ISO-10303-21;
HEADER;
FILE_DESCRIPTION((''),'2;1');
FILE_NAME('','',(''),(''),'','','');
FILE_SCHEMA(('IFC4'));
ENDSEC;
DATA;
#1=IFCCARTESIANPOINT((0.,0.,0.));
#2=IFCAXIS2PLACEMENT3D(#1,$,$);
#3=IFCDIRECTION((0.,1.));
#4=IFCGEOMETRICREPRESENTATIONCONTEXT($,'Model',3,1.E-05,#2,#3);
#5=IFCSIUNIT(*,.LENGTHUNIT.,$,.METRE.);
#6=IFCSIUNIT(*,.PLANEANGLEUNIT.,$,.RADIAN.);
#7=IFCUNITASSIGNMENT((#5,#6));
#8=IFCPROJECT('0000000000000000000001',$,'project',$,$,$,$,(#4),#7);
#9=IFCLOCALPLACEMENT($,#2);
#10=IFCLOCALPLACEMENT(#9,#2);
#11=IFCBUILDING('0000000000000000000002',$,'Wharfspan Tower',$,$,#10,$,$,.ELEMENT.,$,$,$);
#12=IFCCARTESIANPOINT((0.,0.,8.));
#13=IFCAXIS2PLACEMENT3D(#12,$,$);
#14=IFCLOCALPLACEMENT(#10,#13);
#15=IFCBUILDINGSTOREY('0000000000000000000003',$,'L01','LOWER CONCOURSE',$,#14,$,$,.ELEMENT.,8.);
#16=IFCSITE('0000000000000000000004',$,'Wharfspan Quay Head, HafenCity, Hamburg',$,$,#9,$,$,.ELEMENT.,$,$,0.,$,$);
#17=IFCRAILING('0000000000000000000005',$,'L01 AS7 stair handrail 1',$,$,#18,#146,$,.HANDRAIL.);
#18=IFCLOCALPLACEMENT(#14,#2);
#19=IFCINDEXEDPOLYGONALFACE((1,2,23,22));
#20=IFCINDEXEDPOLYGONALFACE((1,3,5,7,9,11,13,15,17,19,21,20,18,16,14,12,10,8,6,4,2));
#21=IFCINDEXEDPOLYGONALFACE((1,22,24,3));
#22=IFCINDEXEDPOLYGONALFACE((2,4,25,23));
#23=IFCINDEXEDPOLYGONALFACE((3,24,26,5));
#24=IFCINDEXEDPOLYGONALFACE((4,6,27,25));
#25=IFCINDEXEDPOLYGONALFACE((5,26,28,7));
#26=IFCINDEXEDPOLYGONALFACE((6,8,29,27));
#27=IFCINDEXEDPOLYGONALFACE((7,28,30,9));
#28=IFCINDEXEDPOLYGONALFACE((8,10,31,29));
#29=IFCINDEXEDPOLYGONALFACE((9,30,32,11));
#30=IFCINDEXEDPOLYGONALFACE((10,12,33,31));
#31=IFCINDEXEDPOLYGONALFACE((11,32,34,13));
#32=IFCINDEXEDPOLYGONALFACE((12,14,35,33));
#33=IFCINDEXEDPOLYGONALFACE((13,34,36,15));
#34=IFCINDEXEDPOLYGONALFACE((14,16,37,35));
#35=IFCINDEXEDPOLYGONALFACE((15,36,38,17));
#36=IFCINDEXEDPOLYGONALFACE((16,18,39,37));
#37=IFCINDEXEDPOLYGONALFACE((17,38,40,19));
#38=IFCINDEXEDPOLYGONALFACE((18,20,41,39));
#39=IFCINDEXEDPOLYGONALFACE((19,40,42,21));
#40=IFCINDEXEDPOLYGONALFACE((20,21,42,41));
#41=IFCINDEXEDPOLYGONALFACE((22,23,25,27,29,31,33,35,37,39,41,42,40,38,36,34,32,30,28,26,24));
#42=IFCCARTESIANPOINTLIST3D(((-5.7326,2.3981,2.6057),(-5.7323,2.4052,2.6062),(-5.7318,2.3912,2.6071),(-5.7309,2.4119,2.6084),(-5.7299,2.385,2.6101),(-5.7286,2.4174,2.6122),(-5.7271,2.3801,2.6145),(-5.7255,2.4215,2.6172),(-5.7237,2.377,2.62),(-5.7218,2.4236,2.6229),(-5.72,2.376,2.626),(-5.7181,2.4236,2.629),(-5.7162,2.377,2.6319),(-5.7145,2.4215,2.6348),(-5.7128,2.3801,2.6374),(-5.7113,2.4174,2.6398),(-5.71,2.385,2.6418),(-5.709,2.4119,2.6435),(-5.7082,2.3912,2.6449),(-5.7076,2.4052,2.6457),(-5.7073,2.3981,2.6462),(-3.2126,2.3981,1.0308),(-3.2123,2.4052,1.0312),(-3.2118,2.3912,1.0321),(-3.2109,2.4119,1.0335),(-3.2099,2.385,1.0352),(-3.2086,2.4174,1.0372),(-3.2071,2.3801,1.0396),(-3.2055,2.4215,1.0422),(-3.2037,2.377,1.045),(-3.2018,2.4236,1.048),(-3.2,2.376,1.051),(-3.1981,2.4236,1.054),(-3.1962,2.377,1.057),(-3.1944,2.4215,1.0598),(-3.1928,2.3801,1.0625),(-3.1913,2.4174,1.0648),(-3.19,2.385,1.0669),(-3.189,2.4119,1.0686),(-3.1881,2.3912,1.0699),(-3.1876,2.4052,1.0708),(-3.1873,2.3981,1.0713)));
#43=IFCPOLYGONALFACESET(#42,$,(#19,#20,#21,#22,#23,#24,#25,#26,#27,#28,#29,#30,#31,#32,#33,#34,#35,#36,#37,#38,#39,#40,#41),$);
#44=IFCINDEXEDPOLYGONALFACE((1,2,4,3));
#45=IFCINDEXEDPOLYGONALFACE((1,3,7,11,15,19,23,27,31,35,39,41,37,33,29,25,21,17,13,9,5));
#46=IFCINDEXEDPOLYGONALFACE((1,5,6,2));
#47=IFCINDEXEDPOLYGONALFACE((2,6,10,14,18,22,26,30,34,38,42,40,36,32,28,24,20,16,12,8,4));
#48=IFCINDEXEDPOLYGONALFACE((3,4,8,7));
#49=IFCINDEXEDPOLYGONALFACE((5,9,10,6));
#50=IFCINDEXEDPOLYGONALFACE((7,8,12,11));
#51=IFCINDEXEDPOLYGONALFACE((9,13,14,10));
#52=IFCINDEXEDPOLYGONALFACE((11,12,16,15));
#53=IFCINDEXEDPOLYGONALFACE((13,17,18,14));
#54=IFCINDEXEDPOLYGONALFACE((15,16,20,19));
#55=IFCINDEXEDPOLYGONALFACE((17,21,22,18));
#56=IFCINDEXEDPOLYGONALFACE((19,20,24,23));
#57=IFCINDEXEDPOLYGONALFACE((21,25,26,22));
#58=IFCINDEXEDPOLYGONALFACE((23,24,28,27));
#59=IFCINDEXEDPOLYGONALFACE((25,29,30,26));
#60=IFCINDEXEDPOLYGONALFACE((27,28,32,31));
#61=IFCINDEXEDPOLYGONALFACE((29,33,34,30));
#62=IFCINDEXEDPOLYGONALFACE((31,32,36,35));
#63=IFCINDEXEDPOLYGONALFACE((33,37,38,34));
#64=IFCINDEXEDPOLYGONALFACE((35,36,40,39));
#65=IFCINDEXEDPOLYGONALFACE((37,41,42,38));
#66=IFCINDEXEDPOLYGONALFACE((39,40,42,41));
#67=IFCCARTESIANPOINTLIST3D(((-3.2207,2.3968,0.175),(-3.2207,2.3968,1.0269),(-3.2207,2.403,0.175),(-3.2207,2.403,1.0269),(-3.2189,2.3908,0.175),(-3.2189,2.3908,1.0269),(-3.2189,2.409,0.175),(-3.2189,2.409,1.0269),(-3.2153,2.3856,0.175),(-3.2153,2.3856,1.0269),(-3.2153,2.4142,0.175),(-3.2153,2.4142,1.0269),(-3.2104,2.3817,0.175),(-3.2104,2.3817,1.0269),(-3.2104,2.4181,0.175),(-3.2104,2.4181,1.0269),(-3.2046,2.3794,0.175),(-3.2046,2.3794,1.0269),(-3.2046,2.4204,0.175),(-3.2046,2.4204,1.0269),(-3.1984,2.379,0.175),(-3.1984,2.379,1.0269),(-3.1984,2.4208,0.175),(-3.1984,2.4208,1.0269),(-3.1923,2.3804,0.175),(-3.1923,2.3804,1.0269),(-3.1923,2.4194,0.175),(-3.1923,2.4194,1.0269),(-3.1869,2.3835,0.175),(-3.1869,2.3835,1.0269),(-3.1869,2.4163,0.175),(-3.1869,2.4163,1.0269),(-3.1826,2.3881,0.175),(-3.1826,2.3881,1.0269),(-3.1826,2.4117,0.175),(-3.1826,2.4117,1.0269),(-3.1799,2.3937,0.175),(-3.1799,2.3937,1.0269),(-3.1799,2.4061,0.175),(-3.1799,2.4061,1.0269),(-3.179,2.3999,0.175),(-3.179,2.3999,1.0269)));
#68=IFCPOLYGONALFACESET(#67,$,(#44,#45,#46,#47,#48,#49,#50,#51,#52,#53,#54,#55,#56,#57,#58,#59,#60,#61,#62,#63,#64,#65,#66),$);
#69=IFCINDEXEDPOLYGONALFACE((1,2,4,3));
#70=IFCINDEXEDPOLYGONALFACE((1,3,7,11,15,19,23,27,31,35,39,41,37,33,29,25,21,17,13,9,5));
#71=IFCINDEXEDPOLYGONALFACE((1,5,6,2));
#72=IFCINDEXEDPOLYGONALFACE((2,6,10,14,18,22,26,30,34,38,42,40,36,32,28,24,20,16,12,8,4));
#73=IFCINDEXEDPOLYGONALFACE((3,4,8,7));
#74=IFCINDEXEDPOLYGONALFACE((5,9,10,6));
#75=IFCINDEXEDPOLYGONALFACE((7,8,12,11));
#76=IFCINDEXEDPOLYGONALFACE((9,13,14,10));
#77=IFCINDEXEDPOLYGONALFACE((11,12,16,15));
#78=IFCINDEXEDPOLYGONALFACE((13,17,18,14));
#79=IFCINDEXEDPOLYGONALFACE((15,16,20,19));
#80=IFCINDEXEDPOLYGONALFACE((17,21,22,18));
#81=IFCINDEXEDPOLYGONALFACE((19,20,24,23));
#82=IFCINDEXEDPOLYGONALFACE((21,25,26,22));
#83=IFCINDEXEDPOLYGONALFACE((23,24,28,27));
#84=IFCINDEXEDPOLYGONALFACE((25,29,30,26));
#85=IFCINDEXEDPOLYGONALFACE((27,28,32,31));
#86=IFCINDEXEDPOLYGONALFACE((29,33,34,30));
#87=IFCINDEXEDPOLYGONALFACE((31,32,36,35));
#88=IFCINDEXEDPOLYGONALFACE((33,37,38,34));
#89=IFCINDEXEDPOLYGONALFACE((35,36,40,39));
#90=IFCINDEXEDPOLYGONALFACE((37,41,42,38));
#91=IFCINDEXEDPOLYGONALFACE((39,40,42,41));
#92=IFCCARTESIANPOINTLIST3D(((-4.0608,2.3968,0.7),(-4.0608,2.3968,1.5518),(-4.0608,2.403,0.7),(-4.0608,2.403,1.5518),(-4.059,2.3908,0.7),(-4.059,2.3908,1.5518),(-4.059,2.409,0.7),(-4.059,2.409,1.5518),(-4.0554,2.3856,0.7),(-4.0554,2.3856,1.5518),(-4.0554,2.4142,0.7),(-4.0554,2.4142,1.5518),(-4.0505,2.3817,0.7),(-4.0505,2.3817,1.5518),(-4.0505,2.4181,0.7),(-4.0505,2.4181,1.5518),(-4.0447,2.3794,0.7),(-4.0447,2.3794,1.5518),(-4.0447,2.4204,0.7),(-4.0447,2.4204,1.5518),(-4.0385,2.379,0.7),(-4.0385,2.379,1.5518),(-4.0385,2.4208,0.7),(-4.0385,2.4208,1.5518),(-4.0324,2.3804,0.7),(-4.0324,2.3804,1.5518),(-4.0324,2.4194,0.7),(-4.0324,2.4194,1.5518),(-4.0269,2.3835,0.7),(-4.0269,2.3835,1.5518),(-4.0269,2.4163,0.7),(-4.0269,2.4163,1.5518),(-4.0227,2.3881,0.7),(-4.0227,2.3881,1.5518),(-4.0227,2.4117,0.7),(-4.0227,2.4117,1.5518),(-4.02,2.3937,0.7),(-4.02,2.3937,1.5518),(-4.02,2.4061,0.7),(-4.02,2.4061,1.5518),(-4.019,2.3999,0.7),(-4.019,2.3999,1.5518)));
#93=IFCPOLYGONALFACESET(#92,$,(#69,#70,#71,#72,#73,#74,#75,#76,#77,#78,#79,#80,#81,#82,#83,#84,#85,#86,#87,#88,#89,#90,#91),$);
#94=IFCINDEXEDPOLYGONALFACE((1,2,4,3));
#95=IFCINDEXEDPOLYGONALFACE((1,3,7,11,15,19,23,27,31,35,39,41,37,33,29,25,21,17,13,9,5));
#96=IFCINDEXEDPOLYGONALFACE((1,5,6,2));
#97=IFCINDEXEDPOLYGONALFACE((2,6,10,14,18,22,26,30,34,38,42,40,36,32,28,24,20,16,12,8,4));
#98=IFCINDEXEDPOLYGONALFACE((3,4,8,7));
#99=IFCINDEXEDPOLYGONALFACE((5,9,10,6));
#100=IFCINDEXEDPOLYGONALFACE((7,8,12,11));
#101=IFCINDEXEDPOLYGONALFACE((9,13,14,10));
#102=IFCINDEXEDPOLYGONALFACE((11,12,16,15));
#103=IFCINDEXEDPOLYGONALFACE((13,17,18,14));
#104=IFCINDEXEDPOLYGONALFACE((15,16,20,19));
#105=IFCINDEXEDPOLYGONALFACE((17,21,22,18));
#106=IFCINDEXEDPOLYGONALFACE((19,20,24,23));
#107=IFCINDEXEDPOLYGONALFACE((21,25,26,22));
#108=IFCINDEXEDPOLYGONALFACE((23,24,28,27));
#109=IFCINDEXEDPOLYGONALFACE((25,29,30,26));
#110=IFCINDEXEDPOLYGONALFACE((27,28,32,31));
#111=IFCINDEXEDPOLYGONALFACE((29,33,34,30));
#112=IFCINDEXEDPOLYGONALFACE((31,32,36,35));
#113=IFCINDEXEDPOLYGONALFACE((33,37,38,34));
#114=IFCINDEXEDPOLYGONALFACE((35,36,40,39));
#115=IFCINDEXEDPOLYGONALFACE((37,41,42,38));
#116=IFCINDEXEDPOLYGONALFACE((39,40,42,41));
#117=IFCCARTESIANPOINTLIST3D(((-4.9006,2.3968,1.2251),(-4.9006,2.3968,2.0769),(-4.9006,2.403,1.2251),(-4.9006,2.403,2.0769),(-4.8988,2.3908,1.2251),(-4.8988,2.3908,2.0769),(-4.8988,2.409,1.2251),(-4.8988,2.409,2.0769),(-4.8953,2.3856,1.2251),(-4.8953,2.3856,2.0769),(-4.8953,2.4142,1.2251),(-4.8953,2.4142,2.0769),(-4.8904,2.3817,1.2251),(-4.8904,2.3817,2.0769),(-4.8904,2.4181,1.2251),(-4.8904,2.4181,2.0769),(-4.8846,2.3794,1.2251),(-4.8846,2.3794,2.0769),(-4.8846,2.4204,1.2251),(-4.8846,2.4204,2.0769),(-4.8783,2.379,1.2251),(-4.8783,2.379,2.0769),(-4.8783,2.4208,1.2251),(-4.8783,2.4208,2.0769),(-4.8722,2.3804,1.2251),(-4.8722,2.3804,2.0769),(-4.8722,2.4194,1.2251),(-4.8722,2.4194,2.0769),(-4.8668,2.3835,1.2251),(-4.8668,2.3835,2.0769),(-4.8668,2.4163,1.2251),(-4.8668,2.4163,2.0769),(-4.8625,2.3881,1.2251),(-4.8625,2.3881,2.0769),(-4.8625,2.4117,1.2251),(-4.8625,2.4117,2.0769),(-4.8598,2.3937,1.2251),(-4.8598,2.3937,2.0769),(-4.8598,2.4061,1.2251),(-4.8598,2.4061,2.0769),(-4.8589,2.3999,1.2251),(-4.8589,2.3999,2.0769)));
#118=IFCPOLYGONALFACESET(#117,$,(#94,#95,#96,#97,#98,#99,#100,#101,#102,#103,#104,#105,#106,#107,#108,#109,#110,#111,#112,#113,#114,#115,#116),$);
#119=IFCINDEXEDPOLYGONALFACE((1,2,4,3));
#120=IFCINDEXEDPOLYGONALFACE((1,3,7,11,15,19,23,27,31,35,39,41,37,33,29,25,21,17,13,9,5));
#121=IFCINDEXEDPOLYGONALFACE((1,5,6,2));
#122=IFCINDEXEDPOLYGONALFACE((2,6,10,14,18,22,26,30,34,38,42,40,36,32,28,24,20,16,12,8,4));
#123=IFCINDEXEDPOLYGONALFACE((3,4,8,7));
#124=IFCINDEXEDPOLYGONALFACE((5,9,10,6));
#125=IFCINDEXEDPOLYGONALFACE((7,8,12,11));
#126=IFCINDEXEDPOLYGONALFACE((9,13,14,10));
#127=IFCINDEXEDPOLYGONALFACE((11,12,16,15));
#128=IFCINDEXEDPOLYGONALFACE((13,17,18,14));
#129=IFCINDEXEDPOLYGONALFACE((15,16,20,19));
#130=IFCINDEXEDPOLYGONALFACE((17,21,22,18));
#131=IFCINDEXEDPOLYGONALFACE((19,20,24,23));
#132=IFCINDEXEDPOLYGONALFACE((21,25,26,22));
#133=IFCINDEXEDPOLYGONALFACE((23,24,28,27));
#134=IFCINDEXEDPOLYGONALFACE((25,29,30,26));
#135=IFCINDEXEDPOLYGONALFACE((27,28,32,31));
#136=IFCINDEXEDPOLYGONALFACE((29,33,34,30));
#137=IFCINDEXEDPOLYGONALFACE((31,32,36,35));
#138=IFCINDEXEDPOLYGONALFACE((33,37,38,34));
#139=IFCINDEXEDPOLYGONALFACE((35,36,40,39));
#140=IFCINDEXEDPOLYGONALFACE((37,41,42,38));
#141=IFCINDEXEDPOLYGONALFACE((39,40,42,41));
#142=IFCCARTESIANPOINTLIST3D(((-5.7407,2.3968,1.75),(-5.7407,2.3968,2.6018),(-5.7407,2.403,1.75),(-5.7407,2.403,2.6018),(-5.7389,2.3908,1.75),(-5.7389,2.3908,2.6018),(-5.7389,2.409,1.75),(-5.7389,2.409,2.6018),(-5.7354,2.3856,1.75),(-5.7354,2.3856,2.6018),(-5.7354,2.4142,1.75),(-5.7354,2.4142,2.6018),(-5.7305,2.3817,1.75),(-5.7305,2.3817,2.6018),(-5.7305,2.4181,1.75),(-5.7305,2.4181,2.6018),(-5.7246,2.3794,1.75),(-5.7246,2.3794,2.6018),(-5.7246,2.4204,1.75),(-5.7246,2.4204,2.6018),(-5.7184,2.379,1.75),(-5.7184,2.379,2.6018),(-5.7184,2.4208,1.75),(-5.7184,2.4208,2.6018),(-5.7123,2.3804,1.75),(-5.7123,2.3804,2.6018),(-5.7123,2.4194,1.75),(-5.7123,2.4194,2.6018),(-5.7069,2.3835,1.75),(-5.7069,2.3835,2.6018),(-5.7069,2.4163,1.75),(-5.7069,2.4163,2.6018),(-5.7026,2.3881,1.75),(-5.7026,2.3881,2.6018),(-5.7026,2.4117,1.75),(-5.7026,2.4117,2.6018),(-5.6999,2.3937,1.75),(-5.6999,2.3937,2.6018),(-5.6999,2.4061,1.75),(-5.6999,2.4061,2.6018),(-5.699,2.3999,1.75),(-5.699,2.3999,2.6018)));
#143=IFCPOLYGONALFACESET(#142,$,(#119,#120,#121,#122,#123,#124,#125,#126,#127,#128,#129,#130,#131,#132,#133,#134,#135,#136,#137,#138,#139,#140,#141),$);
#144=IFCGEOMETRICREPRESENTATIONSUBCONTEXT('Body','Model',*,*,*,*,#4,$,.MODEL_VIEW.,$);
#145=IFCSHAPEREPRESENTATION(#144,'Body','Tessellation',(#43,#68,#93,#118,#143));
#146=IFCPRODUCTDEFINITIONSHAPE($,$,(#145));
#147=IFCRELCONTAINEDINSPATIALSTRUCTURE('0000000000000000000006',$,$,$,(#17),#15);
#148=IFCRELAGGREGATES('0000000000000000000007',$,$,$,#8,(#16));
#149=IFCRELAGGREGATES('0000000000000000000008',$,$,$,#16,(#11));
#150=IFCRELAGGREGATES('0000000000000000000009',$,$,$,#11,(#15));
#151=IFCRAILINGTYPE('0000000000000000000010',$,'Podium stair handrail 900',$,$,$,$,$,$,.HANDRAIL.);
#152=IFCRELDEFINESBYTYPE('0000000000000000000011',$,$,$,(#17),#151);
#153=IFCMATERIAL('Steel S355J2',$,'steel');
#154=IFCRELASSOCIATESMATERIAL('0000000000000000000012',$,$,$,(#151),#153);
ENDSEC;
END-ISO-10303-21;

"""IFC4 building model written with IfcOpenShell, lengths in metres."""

from ifc_helpers import new_model, si_unit, direction, frame, origin, origin_2d, place, context, subcontext, project, spatial, circle, extrude, material, type_object, element, save


model = new_model("IFC4")

# Units and contexts
model_context = context("Model", 3, precision=1e-05, world=origin(), true_north=direction((0.0, 1.0)))
body_context = subcontext(model_context, "Body", "Model", "MODEL_VIEW")
ifc_project = project(units=[si_unit("LENGTHUNIT", "METRE"), si_unit("PLANEANGLEUNIT", "RADIAN")], contexts=[model_context])

# Site, building, storey
site_placement = place(None, origin())
site = spatial("IfcSite", under=ifc_project, at=site_placement, Name="Wharfspan Quay Head, HafenCity, Hamburg", CompositionType="ELEMENT", RefElevation=0.0)
building_placement = place(site_placement, origin())
building = spatial("IfcBuilding", under=site, at=building_placement, Name="Wharfspan Tower", CompositionType="ELEMENT")
storey_placement = place(building_placement, frame((0.0, 0.0, 8.0)))
storey = spatial("IfcBuildingStorey", under=building, at=storey_placement, Name="L01", Description="LOWER CONCOURSE", CompositionType="ELEMENT", Elevation=8.0)

# Railing
ifc_material_1 = material(Name="Steel S355J2", Category="steel")
railing_type_1 = type_object("IfcRailingType", Name="Podium stair handrail 900", PredefinedType="HANDRAIL", material=ifc_material_1)
railing_1_placement = place(storey_placement, frame((-3.2, 2.3999, 0.175)))
element("IfcRailing", 1, at=railing_1_placement, inside=storey, type_object=railing_type_1, Name="L01 AS7 stair handrail 1", PredefinedType="HANDRAIL", context=body_context, shape_type="SweptSolid", body=[
    extrude(circle(Radius=0.0239, at=origin_2d()), frame((0.0, 0.0, 0.876), z_axis=(-0.848008, 0.0, 0.529984), x_axis=(0.0, -1.0, 0.0)), (0.0, 0.0, 1.0), 2.9717),
    extrude(circle(Radius=0.021, at=origin_2d()), origin(), (0.0, 0.0, 1.0), 0.8518),
    extrude(circle(Radius=0.021, at=origin_2d()), frame((-0.8401, 0.0, 0.5249)), (0.0, 0.0, 1.0), 0.8518),
    extrude(circle(Radius=0.021, at=origin_2d()), frame((-1.6799, 0.0, 1.05)), (0.0, 0.0, 1.0), 0.8518),
    extrude(circle(Radius=0.021, at=origin_2d()), frame((-2.52, 0.0, 1.575)), (0.0, 0.0, 1.0), 0.8518),
])

save(model, "model.ifc")
